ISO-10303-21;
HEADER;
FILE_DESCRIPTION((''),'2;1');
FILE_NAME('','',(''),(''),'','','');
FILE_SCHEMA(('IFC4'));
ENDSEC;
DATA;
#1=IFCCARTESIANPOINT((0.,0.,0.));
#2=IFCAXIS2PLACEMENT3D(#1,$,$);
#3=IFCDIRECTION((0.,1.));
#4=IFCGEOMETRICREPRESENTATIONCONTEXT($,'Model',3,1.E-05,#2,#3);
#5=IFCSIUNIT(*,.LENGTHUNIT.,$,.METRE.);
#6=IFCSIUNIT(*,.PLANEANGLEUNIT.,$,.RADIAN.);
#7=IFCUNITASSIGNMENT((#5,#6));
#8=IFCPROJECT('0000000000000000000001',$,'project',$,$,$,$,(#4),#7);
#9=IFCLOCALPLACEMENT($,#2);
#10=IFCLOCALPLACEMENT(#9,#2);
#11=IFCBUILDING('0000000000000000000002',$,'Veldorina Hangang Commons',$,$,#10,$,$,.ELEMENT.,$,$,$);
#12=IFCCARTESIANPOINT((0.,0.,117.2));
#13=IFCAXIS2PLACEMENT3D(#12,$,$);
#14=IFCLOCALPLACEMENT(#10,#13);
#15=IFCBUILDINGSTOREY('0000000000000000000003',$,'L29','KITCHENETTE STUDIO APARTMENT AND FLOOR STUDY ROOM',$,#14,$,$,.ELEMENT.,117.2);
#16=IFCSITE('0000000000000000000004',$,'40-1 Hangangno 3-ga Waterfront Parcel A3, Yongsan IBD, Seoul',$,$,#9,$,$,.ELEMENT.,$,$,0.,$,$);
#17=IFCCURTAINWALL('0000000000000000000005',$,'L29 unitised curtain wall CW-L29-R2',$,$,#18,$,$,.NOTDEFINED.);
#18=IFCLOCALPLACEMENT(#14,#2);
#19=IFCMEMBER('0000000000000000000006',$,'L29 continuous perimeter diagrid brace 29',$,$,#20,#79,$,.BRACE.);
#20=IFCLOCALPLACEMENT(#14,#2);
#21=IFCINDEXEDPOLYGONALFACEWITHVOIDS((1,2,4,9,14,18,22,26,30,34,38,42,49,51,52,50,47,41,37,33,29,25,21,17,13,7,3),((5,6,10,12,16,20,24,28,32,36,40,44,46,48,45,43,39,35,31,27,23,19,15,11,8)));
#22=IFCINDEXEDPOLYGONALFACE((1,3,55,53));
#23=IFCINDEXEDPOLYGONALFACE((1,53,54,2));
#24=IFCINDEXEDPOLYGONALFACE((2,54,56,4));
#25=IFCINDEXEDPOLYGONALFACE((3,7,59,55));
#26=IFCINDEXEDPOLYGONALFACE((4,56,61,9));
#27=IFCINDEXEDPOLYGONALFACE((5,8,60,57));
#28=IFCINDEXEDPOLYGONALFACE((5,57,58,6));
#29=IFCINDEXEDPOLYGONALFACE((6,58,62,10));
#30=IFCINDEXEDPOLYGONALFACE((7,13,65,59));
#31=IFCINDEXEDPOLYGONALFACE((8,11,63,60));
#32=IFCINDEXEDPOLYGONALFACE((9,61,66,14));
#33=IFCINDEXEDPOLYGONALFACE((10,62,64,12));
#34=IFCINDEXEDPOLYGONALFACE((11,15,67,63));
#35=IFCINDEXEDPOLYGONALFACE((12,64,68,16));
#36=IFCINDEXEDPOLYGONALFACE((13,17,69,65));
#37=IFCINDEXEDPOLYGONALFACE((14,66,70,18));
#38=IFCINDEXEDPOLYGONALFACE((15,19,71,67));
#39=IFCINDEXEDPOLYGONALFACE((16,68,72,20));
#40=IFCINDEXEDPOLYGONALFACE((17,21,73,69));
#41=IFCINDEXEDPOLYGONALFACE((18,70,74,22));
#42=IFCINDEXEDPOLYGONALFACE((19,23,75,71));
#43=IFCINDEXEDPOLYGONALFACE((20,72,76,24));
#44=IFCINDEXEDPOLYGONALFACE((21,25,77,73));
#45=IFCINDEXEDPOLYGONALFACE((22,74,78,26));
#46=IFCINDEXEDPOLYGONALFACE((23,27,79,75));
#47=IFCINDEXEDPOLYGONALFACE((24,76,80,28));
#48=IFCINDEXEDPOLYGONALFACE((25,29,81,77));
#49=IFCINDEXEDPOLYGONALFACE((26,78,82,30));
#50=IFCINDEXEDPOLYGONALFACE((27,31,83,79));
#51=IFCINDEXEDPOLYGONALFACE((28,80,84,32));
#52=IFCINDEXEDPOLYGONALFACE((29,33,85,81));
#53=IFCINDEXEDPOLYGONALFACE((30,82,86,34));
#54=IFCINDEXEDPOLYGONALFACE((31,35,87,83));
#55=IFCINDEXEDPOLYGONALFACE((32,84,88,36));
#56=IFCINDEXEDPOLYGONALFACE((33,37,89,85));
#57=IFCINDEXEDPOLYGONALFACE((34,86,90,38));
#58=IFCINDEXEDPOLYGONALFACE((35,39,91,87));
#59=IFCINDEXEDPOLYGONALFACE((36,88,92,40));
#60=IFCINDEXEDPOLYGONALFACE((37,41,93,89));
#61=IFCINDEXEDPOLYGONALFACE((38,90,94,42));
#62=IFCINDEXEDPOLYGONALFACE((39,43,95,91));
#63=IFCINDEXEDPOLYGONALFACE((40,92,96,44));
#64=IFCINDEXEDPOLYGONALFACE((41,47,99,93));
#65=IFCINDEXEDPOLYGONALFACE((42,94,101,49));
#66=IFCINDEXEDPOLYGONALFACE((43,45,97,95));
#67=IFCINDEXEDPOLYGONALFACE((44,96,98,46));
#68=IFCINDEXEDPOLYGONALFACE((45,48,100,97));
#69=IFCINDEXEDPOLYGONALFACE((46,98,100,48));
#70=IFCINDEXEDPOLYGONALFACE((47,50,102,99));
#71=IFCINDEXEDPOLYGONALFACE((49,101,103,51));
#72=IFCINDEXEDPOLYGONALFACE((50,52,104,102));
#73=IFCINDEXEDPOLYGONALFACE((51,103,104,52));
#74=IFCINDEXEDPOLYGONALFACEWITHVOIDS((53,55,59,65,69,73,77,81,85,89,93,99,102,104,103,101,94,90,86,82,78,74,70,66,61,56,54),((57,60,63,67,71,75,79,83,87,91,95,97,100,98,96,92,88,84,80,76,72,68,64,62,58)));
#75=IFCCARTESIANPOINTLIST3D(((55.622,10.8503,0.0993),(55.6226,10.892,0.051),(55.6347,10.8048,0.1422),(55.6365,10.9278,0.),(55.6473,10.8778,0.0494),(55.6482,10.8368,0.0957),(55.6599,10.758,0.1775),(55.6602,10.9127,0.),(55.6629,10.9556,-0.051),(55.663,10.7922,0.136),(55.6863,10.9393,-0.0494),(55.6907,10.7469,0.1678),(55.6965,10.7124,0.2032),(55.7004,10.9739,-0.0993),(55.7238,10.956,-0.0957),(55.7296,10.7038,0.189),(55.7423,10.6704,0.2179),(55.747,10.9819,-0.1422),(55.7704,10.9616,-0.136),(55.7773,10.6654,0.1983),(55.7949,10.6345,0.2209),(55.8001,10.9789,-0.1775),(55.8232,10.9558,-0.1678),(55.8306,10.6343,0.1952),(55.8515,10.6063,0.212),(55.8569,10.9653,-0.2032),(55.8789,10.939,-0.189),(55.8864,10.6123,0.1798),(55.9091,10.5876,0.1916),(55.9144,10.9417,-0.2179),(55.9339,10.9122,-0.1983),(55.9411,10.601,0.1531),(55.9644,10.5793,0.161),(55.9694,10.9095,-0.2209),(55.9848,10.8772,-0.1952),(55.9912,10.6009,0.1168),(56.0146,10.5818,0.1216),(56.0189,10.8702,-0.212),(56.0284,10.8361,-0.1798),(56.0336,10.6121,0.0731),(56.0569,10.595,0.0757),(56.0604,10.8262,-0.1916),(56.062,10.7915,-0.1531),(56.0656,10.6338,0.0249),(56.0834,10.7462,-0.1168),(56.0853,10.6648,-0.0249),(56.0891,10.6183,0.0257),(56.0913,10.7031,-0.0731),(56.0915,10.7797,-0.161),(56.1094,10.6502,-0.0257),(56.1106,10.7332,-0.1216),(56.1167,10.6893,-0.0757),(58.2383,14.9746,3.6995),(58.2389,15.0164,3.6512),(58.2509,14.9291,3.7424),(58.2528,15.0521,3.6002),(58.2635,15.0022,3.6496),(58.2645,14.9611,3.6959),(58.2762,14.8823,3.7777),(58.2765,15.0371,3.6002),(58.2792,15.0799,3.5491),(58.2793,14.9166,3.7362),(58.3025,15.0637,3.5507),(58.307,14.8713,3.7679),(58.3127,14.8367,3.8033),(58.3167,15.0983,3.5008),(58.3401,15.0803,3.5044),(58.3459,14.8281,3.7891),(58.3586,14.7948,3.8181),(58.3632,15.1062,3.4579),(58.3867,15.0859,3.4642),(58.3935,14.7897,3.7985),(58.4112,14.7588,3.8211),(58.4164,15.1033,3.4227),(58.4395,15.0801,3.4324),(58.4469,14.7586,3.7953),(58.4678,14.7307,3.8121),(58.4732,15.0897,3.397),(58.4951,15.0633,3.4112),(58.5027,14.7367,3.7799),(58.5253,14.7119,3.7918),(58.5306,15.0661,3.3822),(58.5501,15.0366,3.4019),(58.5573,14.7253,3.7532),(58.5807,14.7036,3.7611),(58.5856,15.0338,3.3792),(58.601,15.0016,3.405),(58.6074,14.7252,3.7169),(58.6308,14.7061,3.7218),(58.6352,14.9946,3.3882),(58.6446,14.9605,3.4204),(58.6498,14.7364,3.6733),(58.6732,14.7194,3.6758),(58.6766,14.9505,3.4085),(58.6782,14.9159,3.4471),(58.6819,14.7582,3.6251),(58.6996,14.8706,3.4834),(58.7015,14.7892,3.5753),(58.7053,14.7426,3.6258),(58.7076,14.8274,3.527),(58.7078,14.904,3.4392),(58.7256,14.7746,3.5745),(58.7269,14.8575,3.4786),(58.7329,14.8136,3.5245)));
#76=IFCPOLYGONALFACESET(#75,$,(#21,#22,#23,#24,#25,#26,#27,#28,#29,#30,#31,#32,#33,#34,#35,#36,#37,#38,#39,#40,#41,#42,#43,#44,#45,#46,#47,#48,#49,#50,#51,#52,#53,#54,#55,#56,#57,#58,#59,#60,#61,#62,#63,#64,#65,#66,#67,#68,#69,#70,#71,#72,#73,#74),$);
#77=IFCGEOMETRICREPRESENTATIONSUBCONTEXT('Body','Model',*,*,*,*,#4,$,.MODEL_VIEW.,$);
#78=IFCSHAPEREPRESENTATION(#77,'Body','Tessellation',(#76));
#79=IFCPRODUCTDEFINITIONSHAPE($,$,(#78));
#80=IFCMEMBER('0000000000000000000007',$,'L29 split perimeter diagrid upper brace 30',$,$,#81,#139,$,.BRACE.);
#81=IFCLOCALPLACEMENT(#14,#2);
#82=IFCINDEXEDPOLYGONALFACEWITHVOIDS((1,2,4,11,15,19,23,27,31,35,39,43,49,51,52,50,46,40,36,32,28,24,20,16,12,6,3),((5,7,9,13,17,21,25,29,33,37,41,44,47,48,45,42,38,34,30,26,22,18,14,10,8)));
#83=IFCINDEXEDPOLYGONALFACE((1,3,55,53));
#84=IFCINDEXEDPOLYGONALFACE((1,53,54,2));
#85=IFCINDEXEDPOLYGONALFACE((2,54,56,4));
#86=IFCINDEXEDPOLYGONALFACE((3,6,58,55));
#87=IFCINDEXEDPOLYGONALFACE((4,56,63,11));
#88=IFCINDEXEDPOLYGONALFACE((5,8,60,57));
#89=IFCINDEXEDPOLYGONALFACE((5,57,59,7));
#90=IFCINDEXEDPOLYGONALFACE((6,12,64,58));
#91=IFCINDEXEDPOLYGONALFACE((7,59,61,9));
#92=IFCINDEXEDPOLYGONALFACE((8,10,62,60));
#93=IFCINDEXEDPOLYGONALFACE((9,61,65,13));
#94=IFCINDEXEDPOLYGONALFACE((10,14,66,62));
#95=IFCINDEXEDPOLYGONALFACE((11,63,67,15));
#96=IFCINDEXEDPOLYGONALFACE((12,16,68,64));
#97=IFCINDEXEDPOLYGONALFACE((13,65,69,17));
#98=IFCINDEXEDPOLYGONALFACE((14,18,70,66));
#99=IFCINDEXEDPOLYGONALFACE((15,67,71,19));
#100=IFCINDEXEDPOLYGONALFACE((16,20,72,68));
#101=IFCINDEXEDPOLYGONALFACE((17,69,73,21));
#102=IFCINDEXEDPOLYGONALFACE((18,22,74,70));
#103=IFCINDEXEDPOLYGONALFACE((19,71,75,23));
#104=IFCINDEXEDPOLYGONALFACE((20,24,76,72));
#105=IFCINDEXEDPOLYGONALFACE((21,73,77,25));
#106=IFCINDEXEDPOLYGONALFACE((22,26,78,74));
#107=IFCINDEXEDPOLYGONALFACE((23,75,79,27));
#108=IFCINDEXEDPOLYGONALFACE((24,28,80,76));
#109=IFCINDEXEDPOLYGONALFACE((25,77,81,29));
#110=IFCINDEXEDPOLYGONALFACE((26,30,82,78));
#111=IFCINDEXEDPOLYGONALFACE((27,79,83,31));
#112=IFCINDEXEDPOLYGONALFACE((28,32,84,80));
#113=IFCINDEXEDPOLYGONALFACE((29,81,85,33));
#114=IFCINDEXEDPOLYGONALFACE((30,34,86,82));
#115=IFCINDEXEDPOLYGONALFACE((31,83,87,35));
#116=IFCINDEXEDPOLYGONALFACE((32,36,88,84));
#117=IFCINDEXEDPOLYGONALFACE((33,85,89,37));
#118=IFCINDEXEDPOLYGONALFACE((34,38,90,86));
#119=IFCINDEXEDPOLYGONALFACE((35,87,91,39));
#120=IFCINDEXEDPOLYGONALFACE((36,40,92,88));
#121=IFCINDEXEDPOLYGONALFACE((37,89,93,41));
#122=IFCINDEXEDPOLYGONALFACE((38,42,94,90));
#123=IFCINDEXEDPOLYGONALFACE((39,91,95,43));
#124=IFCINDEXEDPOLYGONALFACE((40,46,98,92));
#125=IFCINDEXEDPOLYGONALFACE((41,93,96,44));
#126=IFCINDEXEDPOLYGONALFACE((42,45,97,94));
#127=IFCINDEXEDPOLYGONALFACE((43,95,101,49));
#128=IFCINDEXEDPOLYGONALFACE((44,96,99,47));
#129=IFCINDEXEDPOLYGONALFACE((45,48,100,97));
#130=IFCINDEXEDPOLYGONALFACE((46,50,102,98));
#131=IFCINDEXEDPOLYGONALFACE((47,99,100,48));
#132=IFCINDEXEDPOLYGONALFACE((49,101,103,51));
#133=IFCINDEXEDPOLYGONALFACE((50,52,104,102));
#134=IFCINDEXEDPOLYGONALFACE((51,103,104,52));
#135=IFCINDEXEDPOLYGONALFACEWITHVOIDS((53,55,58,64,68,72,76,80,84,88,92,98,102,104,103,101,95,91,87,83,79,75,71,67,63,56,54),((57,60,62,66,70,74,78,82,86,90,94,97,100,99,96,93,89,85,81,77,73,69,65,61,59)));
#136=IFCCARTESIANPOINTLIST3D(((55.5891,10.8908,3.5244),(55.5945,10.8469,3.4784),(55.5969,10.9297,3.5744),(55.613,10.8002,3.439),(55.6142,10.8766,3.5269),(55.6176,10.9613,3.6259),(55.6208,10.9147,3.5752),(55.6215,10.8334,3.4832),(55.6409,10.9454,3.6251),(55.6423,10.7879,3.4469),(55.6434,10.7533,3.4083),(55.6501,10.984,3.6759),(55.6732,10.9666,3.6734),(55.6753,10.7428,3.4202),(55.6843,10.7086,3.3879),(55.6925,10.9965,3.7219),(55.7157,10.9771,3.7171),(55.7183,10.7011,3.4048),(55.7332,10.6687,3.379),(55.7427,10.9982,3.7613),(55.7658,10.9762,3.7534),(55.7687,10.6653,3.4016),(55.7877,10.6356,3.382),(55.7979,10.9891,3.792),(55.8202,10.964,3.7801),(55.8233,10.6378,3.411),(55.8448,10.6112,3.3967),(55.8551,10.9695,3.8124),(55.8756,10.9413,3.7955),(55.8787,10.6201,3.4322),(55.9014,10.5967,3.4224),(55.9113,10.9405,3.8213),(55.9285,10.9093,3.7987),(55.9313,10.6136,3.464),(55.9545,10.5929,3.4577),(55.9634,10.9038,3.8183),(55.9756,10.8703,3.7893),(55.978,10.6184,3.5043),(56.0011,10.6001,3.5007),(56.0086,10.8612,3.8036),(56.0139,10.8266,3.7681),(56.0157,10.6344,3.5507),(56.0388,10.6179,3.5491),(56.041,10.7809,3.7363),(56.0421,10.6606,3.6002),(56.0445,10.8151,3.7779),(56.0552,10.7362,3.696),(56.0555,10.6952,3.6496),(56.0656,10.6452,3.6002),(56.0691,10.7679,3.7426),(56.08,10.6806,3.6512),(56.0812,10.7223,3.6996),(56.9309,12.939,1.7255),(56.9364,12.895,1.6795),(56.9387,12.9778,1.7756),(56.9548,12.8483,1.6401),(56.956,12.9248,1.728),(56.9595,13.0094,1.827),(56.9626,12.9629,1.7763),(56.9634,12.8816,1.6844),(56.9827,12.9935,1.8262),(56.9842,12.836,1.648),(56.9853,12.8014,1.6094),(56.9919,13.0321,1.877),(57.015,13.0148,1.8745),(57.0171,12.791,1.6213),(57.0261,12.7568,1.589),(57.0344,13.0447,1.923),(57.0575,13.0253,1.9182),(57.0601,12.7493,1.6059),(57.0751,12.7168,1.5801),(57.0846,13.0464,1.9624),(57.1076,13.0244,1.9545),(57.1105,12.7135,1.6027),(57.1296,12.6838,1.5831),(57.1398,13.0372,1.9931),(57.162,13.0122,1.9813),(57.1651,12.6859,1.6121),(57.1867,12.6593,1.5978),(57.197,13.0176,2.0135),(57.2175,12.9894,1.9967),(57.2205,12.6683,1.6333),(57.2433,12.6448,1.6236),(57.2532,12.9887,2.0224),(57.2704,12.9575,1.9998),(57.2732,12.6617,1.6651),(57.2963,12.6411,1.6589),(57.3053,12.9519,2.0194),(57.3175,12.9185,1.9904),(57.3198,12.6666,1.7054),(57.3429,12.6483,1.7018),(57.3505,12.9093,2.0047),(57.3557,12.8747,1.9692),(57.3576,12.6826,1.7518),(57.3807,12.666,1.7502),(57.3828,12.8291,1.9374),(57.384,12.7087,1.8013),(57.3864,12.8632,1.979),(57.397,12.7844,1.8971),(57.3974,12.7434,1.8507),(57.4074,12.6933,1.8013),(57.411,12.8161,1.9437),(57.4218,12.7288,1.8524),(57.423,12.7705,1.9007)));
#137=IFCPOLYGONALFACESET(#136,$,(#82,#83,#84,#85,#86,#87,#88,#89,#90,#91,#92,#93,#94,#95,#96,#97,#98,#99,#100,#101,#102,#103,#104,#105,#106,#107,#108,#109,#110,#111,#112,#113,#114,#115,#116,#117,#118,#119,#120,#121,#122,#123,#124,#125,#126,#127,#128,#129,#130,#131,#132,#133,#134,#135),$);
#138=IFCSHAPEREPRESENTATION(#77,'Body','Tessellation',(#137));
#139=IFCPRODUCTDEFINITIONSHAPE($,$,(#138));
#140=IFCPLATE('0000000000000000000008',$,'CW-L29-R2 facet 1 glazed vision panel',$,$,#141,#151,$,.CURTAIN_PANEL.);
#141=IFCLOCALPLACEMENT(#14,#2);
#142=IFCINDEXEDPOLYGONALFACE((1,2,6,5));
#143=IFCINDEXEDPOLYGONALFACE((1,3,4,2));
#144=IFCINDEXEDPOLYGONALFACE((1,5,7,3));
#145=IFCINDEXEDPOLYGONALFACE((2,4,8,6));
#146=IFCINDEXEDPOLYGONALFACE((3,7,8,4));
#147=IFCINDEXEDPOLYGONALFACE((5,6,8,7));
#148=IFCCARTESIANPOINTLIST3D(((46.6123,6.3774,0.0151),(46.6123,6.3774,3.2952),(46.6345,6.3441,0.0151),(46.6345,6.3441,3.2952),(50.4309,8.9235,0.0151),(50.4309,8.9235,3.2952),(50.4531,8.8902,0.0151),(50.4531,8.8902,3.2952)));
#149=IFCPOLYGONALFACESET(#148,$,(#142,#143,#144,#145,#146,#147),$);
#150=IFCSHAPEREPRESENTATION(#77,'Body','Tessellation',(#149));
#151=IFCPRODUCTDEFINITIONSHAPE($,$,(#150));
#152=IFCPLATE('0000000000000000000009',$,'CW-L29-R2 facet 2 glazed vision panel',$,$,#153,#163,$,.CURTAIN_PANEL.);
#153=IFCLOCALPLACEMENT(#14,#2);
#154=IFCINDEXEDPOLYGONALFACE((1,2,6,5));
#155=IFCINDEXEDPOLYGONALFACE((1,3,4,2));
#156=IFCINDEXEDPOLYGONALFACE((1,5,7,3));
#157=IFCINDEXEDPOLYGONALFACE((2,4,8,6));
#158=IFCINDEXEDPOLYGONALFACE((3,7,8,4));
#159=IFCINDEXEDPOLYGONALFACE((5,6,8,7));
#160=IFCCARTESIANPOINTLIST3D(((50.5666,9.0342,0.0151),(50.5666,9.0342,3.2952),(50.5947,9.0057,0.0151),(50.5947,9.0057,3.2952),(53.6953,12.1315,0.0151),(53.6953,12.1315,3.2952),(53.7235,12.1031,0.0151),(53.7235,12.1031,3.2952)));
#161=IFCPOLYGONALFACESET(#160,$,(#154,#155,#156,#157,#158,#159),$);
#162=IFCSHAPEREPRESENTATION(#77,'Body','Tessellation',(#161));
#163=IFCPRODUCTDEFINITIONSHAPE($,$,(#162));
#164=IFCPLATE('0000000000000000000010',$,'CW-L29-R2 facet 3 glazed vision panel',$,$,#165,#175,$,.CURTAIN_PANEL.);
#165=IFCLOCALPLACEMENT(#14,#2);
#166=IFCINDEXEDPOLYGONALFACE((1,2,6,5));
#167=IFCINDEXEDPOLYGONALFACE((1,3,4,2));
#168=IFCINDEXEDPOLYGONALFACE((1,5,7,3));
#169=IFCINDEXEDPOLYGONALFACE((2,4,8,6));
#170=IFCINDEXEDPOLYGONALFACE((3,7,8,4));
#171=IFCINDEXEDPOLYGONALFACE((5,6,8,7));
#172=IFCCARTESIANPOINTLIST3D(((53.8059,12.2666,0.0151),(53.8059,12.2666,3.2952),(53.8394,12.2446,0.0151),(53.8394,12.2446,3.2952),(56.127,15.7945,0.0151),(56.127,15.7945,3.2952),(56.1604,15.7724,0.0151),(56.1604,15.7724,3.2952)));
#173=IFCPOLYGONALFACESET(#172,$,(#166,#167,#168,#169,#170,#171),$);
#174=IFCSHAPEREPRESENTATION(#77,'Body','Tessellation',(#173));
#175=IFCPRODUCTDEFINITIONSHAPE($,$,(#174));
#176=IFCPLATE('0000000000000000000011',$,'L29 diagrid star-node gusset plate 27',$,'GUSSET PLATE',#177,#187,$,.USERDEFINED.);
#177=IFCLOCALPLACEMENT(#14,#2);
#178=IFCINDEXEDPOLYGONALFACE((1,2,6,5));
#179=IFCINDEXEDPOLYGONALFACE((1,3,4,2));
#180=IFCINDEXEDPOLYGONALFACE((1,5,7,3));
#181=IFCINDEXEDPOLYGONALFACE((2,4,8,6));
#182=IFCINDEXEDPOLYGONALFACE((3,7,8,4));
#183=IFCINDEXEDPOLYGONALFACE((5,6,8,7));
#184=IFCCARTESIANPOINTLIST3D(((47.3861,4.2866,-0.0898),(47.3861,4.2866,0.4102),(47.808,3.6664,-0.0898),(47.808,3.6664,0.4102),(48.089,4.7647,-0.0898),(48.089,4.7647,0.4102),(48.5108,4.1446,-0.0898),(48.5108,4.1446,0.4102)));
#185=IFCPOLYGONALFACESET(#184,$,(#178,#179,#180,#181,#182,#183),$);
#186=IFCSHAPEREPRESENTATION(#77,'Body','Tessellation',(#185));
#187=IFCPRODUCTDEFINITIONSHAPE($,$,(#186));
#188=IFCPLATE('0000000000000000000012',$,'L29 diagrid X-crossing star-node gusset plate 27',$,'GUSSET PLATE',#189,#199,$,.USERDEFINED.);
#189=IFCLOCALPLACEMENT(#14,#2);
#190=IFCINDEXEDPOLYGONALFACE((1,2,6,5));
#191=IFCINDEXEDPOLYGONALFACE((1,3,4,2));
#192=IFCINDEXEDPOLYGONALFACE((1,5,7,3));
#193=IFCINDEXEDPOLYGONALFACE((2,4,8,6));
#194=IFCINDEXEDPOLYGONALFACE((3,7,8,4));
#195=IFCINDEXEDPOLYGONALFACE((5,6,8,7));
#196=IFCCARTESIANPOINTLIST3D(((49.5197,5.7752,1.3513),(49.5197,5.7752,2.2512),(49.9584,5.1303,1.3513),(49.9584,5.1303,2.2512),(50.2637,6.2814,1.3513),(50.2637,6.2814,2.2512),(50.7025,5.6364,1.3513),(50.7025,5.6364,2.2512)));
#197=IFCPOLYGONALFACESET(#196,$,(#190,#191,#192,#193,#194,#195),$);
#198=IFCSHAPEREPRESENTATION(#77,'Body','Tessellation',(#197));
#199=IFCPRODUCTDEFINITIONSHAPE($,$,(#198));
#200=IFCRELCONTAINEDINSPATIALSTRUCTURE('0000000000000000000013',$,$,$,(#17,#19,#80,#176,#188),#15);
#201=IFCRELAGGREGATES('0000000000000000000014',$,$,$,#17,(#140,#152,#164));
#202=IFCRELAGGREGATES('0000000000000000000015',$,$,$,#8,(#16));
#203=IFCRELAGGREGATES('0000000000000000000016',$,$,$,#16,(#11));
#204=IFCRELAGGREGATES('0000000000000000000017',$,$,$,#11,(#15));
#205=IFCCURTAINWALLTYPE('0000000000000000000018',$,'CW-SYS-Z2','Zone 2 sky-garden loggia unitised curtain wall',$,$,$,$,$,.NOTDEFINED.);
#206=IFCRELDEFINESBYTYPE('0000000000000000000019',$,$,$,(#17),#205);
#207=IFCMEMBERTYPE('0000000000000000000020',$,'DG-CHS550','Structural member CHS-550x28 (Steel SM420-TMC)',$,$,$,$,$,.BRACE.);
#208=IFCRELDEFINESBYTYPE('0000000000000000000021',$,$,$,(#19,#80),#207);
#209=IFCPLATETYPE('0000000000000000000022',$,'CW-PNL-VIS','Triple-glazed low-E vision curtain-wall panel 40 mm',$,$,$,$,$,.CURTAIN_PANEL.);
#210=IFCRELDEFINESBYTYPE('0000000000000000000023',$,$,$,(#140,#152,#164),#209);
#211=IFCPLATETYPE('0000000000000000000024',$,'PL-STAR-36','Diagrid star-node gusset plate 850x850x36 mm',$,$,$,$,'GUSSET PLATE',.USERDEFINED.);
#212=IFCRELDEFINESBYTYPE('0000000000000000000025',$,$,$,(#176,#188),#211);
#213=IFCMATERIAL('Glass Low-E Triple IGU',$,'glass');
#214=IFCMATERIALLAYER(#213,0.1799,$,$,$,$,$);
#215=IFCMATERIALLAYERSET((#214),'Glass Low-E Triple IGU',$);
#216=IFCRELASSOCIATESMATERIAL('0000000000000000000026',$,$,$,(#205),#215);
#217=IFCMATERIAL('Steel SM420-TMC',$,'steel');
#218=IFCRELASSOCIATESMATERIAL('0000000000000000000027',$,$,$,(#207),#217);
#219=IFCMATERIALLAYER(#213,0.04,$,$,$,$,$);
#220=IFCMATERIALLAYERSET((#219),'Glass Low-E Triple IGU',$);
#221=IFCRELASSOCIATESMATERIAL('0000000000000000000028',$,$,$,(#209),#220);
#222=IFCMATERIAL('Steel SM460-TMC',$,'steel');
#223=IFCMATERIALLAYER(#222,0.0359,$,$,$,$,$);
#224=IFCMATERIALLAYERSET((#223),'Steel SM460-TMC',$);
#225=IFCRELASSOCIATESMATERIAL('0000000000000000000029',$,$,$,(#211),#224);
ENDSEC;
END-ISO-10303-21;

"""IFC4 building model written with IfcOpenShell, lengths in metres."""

from ifc_helpers import new_model, si_unit, direction, frame, origin, origin_2d, place, context, subcontext, project, spatial, rectangle, hollow_circle, extrude, material, layer, layer_set, material_profile, profile_set, type_object, element, aggregate, save


model = new_model("IFC4")

# Units and contexts
model_context = context("Model", 3, precision=1e-05, world=origin(), true_north=direction((0.0, 1.0)))
body_context = subcontext(model_context, "Body", "Model", "MODEL_VIEW")
ifc_project = project(units=[si_unit("LENGTHUNIT", "METRE"), si_unit("PLANEANGLEUNIT", "RADIAN")], contexts=[model_context])

# Site, building, storey
site_placement = place(None, origin())
site = spatial("IfcSite", under=ifc_project, at=site_placement, Name="40-1 Hangangno 3-ga Waterfront Parcel A3, Yongsan IBD, Seoul", CompositionType="ELEMENT", RefElevation=0.0)
building_placement = place(site_placement, origin())
building = spatial("IfcBuilding", under=site, at=building_placement, Name="Veldorina Hangang Commons", CompositionType="ELEMENT")
storey_placement = place(building_placement, frame((0.0, 0.0, 117.2)))
storey = spatial("IfcBuildingStorey", under=building, at=storey_placement, Name="L29", Description="KITCHENETTE STUDIO APARTMENT AND FLOOR STUDY ROOM", CompositionType="ELEMENT", Elevation=117.2)

# Shared definitions
ifc_material_1 = material(Name="Steel SM420-TMC", Category="steel")

# Curtain wall
ifc_material_2 = material(Name="Glass Low-E Triple IGU", Category="glass")
ifc_layer_1 = layer(ifc_material_2, 0.1799)
ifc_layer_set_1 = layer_set([ifc_layer_1], Name="Glass Low-E Triple IGU")
curtain_wall_type = type_object("IfcCurtainWallType", Name="CW-SYS-Z2", Description="Zone 2 sky-garden loggia unitised curtain wall", PredefinedType="NOTDEFINED", material=ifc_layer_set_1)
curtain_wall_placement = place(storey_placement, origin())
curtain_wall = element("IfcCurtainWall", 1, at=curtain_wall_placement, inside=storey, type_object=curtain_wall_type, Name="L29 unitised curtain wall CW-L29-R2", PredefinedType="NOTDEFINED")

# Members
ifc_material_profile_1 = material_profile(ifc_material_1, hollow_circle(Radius=0.2749, WallThickness=0.0281, at=origin_2d()), Name="CHS-550x28")
ifc_profile_set_1 = profile_set([ifc_material_profile_1], Name="Steel SM420-TMC")
member_type_1 = type_object("IfcMemberType", Name="DG-CHS550", Description="Structural member CHS-550x28 (Steel SM420-TMC)", PredefinedType="BRACE", material=ifc_profile_set_1)
member_1_placement = place(storey_placement, frame((55.8687, 10.7805, 0.0), z_axis=(0.431183, 0.679728, 0.593339), x_axis=(-0.844432, 0.535662, 0.0)))
element("IfcMember", 2, at=member_1_placement, inside=storey, type_object=member_type_1, Name="L29 continuous perimeter diagrid brace 29", PredefinedType="BRACE", context=body_context, shape_type="SweptSolid", body=[
    extrude(hollow_circle(Radius=0.2749, WallThickness=0.0281, at=origin_2d()), origin(), (0.0, 0.0, 1.0), 6.0676),
])
member_2_placement = place(storey_placement, frame((57.1775, 12.844, 1.8013), z_axis=(-0.441636, -0.674106, 0.592063), x_axis=(0.836472, -0.548009, 0.0)))
element("IfcMember", 3, at=member_2_placement, inside=storey, type_object=member_type_1, Name="L29 split perimeter diagrid upper brace 30", PredefinedType="BRACE", context=body_context, shape_type="SweptSolid", body=[
    extrude(hollow_circle(Radius=0.2749, WallThickness=0.0281, at=origin_2d()), origin(), (0.0, 0.0, 1.0), 3.0383),
])

# Plates
ifc_layer_2 = layer(ifc_material_2, 0.04)
ifc_layer_set_2 = layer_set([ifc_layer_2], Name="Glass Low-E Triple IGU")
plate_type_1 = type_object("IfcPlateType", Name="CW-PNL-VIS", Description="Triple-glazed low-E vision curtain-wall panel 40 mm", PredefinedType="CURTAIN_PANEL", material=ifc_layer_set_2)
plate_1_placement = place(storey_placement, frame((48.5327, 7.6338, 0.0151), z_axis=(0.0, 0.0, 1.0), x_axis=(0.832022, 0.554743, 0.0)))
plate_1 = element("IfcPlate", 4, at=plate_1_placement, type_object=plate_type_1, Name="CW-L29-R2 facet 1 glazed vision panel", PredefinedType="CURTAIN_PANEL", context=body_context, shape_type="SweptSolid", body=[
    extrude(rectangle(XDim=4.5896, YDim=0.04, at=origin_2d()), origin(), (0.0, 0.0, 1.0), 3.28),
])
plate_2_placement = place(storey_placement, frame((52.145, 10.5686, 0.0151), z_axis=(0.0, 0.0, 1.0), x_axis=(0.710664, 0.703531, 0.0)))
plate_2 = element("IfcPlate", 5, at=plate_2_placement, type_object=plate_type_1, Name="CW-L29-R2 facet 2 glazed vision panel", PredefinedType="CURTAIN_PANEL", context=body_context, shape_type="SweptSolid", body=[
    extrude(rectangle(XDim=4.4026, YDim=0.04, at=origin_2d()), origin(), (0.0, 0.0, 1.0), 3.28),
])
plate_3_placement = place(storey_placement, frame((54.9832, 14.0195, 0.0151), z_axis=(0.0, 0.0, 1.0), x_axis=(0.549635, 0.835405, 0.0)))
plate_3 = element("IfcPlate", 6, at=plate_3_placement, type_object=plate_type_1, Name="CW-L29-R2 facet 3 glazed vision panel", PredefinedType="CURTAIN_PANEL", context=body_context, shape_type="SweptSolid", body=[
    extrude(rectangle(XDim=4.2229, YDim=0.04, at=origin_2d()), origin(), (0.0, 0.0, 1.0), 3.28),
])
aggregate(curtain_wall, [plate_1, plate_2, plate_3])

# Plates
ifc_material_3 = material(Name="Steel SM460-TMC", Category="steel")
ifc_layer_3 = layer(ifc_material_3, 0.0359)
ifc_layer_set_3 = layer_set([ifc_layer_3], Name="Steel SM460-TMC")
plate_type_2 = type_object("IfcPlateType", Name="PL-STAR-36", Description="Diagrid star-node gusset plate 850x850x36 mm", ElementType="GUSSET PLATE", PredefinedType="USERDEFINED", material=ifc_layer_set_3)
plate_4_placement = place(storey_placement, frame((47.9485, 4.2156, -0.0898), z_axis=(0.0, 0.0, 1.0), x_axis=(0.826825, 0.562459, 0.0)))
element("IfcPlate", 7, at=plate_4_placement, inside=storey, type_object=plate_type_2, Name="L29 diagrid star-node gusset plate 27", ObjectType="GUSSET PLATE", PredefinedType="USERDEFINED", context=body_context, shape_type="SweptSolid", body=[
    extrude(rectangle(XDim=0.8501, YDim=0.75, at=origin_2d()), origin(), (0.0, 0.0, 1.0), 0.5),
])
plate_5_placement = place(storey_placement, frame((50.1111, 5.7058, 1.3513), z_axis=(0.0, 0.0, 1.0), x_axis=(0.826825, 0.562459, 0.0)))
element("IfcPlate", 8, at=plate_5_placement, inside=storey, type_object=plate_type_2, Name="L29 diagrid X-crossing star-node gusset plate 27", ObjectType="GUSSET PLATE", PredefinedType="USERDEFINED", context=body_context, shape_type="SweptSolid", body=[
    extrude(rectangle(XDim=0.8999, YDim=0.78, at=origin_2d()), origin(), (0.0, 0.0, 1.0), 0.8999),
])

save(model, "model.ifc")
